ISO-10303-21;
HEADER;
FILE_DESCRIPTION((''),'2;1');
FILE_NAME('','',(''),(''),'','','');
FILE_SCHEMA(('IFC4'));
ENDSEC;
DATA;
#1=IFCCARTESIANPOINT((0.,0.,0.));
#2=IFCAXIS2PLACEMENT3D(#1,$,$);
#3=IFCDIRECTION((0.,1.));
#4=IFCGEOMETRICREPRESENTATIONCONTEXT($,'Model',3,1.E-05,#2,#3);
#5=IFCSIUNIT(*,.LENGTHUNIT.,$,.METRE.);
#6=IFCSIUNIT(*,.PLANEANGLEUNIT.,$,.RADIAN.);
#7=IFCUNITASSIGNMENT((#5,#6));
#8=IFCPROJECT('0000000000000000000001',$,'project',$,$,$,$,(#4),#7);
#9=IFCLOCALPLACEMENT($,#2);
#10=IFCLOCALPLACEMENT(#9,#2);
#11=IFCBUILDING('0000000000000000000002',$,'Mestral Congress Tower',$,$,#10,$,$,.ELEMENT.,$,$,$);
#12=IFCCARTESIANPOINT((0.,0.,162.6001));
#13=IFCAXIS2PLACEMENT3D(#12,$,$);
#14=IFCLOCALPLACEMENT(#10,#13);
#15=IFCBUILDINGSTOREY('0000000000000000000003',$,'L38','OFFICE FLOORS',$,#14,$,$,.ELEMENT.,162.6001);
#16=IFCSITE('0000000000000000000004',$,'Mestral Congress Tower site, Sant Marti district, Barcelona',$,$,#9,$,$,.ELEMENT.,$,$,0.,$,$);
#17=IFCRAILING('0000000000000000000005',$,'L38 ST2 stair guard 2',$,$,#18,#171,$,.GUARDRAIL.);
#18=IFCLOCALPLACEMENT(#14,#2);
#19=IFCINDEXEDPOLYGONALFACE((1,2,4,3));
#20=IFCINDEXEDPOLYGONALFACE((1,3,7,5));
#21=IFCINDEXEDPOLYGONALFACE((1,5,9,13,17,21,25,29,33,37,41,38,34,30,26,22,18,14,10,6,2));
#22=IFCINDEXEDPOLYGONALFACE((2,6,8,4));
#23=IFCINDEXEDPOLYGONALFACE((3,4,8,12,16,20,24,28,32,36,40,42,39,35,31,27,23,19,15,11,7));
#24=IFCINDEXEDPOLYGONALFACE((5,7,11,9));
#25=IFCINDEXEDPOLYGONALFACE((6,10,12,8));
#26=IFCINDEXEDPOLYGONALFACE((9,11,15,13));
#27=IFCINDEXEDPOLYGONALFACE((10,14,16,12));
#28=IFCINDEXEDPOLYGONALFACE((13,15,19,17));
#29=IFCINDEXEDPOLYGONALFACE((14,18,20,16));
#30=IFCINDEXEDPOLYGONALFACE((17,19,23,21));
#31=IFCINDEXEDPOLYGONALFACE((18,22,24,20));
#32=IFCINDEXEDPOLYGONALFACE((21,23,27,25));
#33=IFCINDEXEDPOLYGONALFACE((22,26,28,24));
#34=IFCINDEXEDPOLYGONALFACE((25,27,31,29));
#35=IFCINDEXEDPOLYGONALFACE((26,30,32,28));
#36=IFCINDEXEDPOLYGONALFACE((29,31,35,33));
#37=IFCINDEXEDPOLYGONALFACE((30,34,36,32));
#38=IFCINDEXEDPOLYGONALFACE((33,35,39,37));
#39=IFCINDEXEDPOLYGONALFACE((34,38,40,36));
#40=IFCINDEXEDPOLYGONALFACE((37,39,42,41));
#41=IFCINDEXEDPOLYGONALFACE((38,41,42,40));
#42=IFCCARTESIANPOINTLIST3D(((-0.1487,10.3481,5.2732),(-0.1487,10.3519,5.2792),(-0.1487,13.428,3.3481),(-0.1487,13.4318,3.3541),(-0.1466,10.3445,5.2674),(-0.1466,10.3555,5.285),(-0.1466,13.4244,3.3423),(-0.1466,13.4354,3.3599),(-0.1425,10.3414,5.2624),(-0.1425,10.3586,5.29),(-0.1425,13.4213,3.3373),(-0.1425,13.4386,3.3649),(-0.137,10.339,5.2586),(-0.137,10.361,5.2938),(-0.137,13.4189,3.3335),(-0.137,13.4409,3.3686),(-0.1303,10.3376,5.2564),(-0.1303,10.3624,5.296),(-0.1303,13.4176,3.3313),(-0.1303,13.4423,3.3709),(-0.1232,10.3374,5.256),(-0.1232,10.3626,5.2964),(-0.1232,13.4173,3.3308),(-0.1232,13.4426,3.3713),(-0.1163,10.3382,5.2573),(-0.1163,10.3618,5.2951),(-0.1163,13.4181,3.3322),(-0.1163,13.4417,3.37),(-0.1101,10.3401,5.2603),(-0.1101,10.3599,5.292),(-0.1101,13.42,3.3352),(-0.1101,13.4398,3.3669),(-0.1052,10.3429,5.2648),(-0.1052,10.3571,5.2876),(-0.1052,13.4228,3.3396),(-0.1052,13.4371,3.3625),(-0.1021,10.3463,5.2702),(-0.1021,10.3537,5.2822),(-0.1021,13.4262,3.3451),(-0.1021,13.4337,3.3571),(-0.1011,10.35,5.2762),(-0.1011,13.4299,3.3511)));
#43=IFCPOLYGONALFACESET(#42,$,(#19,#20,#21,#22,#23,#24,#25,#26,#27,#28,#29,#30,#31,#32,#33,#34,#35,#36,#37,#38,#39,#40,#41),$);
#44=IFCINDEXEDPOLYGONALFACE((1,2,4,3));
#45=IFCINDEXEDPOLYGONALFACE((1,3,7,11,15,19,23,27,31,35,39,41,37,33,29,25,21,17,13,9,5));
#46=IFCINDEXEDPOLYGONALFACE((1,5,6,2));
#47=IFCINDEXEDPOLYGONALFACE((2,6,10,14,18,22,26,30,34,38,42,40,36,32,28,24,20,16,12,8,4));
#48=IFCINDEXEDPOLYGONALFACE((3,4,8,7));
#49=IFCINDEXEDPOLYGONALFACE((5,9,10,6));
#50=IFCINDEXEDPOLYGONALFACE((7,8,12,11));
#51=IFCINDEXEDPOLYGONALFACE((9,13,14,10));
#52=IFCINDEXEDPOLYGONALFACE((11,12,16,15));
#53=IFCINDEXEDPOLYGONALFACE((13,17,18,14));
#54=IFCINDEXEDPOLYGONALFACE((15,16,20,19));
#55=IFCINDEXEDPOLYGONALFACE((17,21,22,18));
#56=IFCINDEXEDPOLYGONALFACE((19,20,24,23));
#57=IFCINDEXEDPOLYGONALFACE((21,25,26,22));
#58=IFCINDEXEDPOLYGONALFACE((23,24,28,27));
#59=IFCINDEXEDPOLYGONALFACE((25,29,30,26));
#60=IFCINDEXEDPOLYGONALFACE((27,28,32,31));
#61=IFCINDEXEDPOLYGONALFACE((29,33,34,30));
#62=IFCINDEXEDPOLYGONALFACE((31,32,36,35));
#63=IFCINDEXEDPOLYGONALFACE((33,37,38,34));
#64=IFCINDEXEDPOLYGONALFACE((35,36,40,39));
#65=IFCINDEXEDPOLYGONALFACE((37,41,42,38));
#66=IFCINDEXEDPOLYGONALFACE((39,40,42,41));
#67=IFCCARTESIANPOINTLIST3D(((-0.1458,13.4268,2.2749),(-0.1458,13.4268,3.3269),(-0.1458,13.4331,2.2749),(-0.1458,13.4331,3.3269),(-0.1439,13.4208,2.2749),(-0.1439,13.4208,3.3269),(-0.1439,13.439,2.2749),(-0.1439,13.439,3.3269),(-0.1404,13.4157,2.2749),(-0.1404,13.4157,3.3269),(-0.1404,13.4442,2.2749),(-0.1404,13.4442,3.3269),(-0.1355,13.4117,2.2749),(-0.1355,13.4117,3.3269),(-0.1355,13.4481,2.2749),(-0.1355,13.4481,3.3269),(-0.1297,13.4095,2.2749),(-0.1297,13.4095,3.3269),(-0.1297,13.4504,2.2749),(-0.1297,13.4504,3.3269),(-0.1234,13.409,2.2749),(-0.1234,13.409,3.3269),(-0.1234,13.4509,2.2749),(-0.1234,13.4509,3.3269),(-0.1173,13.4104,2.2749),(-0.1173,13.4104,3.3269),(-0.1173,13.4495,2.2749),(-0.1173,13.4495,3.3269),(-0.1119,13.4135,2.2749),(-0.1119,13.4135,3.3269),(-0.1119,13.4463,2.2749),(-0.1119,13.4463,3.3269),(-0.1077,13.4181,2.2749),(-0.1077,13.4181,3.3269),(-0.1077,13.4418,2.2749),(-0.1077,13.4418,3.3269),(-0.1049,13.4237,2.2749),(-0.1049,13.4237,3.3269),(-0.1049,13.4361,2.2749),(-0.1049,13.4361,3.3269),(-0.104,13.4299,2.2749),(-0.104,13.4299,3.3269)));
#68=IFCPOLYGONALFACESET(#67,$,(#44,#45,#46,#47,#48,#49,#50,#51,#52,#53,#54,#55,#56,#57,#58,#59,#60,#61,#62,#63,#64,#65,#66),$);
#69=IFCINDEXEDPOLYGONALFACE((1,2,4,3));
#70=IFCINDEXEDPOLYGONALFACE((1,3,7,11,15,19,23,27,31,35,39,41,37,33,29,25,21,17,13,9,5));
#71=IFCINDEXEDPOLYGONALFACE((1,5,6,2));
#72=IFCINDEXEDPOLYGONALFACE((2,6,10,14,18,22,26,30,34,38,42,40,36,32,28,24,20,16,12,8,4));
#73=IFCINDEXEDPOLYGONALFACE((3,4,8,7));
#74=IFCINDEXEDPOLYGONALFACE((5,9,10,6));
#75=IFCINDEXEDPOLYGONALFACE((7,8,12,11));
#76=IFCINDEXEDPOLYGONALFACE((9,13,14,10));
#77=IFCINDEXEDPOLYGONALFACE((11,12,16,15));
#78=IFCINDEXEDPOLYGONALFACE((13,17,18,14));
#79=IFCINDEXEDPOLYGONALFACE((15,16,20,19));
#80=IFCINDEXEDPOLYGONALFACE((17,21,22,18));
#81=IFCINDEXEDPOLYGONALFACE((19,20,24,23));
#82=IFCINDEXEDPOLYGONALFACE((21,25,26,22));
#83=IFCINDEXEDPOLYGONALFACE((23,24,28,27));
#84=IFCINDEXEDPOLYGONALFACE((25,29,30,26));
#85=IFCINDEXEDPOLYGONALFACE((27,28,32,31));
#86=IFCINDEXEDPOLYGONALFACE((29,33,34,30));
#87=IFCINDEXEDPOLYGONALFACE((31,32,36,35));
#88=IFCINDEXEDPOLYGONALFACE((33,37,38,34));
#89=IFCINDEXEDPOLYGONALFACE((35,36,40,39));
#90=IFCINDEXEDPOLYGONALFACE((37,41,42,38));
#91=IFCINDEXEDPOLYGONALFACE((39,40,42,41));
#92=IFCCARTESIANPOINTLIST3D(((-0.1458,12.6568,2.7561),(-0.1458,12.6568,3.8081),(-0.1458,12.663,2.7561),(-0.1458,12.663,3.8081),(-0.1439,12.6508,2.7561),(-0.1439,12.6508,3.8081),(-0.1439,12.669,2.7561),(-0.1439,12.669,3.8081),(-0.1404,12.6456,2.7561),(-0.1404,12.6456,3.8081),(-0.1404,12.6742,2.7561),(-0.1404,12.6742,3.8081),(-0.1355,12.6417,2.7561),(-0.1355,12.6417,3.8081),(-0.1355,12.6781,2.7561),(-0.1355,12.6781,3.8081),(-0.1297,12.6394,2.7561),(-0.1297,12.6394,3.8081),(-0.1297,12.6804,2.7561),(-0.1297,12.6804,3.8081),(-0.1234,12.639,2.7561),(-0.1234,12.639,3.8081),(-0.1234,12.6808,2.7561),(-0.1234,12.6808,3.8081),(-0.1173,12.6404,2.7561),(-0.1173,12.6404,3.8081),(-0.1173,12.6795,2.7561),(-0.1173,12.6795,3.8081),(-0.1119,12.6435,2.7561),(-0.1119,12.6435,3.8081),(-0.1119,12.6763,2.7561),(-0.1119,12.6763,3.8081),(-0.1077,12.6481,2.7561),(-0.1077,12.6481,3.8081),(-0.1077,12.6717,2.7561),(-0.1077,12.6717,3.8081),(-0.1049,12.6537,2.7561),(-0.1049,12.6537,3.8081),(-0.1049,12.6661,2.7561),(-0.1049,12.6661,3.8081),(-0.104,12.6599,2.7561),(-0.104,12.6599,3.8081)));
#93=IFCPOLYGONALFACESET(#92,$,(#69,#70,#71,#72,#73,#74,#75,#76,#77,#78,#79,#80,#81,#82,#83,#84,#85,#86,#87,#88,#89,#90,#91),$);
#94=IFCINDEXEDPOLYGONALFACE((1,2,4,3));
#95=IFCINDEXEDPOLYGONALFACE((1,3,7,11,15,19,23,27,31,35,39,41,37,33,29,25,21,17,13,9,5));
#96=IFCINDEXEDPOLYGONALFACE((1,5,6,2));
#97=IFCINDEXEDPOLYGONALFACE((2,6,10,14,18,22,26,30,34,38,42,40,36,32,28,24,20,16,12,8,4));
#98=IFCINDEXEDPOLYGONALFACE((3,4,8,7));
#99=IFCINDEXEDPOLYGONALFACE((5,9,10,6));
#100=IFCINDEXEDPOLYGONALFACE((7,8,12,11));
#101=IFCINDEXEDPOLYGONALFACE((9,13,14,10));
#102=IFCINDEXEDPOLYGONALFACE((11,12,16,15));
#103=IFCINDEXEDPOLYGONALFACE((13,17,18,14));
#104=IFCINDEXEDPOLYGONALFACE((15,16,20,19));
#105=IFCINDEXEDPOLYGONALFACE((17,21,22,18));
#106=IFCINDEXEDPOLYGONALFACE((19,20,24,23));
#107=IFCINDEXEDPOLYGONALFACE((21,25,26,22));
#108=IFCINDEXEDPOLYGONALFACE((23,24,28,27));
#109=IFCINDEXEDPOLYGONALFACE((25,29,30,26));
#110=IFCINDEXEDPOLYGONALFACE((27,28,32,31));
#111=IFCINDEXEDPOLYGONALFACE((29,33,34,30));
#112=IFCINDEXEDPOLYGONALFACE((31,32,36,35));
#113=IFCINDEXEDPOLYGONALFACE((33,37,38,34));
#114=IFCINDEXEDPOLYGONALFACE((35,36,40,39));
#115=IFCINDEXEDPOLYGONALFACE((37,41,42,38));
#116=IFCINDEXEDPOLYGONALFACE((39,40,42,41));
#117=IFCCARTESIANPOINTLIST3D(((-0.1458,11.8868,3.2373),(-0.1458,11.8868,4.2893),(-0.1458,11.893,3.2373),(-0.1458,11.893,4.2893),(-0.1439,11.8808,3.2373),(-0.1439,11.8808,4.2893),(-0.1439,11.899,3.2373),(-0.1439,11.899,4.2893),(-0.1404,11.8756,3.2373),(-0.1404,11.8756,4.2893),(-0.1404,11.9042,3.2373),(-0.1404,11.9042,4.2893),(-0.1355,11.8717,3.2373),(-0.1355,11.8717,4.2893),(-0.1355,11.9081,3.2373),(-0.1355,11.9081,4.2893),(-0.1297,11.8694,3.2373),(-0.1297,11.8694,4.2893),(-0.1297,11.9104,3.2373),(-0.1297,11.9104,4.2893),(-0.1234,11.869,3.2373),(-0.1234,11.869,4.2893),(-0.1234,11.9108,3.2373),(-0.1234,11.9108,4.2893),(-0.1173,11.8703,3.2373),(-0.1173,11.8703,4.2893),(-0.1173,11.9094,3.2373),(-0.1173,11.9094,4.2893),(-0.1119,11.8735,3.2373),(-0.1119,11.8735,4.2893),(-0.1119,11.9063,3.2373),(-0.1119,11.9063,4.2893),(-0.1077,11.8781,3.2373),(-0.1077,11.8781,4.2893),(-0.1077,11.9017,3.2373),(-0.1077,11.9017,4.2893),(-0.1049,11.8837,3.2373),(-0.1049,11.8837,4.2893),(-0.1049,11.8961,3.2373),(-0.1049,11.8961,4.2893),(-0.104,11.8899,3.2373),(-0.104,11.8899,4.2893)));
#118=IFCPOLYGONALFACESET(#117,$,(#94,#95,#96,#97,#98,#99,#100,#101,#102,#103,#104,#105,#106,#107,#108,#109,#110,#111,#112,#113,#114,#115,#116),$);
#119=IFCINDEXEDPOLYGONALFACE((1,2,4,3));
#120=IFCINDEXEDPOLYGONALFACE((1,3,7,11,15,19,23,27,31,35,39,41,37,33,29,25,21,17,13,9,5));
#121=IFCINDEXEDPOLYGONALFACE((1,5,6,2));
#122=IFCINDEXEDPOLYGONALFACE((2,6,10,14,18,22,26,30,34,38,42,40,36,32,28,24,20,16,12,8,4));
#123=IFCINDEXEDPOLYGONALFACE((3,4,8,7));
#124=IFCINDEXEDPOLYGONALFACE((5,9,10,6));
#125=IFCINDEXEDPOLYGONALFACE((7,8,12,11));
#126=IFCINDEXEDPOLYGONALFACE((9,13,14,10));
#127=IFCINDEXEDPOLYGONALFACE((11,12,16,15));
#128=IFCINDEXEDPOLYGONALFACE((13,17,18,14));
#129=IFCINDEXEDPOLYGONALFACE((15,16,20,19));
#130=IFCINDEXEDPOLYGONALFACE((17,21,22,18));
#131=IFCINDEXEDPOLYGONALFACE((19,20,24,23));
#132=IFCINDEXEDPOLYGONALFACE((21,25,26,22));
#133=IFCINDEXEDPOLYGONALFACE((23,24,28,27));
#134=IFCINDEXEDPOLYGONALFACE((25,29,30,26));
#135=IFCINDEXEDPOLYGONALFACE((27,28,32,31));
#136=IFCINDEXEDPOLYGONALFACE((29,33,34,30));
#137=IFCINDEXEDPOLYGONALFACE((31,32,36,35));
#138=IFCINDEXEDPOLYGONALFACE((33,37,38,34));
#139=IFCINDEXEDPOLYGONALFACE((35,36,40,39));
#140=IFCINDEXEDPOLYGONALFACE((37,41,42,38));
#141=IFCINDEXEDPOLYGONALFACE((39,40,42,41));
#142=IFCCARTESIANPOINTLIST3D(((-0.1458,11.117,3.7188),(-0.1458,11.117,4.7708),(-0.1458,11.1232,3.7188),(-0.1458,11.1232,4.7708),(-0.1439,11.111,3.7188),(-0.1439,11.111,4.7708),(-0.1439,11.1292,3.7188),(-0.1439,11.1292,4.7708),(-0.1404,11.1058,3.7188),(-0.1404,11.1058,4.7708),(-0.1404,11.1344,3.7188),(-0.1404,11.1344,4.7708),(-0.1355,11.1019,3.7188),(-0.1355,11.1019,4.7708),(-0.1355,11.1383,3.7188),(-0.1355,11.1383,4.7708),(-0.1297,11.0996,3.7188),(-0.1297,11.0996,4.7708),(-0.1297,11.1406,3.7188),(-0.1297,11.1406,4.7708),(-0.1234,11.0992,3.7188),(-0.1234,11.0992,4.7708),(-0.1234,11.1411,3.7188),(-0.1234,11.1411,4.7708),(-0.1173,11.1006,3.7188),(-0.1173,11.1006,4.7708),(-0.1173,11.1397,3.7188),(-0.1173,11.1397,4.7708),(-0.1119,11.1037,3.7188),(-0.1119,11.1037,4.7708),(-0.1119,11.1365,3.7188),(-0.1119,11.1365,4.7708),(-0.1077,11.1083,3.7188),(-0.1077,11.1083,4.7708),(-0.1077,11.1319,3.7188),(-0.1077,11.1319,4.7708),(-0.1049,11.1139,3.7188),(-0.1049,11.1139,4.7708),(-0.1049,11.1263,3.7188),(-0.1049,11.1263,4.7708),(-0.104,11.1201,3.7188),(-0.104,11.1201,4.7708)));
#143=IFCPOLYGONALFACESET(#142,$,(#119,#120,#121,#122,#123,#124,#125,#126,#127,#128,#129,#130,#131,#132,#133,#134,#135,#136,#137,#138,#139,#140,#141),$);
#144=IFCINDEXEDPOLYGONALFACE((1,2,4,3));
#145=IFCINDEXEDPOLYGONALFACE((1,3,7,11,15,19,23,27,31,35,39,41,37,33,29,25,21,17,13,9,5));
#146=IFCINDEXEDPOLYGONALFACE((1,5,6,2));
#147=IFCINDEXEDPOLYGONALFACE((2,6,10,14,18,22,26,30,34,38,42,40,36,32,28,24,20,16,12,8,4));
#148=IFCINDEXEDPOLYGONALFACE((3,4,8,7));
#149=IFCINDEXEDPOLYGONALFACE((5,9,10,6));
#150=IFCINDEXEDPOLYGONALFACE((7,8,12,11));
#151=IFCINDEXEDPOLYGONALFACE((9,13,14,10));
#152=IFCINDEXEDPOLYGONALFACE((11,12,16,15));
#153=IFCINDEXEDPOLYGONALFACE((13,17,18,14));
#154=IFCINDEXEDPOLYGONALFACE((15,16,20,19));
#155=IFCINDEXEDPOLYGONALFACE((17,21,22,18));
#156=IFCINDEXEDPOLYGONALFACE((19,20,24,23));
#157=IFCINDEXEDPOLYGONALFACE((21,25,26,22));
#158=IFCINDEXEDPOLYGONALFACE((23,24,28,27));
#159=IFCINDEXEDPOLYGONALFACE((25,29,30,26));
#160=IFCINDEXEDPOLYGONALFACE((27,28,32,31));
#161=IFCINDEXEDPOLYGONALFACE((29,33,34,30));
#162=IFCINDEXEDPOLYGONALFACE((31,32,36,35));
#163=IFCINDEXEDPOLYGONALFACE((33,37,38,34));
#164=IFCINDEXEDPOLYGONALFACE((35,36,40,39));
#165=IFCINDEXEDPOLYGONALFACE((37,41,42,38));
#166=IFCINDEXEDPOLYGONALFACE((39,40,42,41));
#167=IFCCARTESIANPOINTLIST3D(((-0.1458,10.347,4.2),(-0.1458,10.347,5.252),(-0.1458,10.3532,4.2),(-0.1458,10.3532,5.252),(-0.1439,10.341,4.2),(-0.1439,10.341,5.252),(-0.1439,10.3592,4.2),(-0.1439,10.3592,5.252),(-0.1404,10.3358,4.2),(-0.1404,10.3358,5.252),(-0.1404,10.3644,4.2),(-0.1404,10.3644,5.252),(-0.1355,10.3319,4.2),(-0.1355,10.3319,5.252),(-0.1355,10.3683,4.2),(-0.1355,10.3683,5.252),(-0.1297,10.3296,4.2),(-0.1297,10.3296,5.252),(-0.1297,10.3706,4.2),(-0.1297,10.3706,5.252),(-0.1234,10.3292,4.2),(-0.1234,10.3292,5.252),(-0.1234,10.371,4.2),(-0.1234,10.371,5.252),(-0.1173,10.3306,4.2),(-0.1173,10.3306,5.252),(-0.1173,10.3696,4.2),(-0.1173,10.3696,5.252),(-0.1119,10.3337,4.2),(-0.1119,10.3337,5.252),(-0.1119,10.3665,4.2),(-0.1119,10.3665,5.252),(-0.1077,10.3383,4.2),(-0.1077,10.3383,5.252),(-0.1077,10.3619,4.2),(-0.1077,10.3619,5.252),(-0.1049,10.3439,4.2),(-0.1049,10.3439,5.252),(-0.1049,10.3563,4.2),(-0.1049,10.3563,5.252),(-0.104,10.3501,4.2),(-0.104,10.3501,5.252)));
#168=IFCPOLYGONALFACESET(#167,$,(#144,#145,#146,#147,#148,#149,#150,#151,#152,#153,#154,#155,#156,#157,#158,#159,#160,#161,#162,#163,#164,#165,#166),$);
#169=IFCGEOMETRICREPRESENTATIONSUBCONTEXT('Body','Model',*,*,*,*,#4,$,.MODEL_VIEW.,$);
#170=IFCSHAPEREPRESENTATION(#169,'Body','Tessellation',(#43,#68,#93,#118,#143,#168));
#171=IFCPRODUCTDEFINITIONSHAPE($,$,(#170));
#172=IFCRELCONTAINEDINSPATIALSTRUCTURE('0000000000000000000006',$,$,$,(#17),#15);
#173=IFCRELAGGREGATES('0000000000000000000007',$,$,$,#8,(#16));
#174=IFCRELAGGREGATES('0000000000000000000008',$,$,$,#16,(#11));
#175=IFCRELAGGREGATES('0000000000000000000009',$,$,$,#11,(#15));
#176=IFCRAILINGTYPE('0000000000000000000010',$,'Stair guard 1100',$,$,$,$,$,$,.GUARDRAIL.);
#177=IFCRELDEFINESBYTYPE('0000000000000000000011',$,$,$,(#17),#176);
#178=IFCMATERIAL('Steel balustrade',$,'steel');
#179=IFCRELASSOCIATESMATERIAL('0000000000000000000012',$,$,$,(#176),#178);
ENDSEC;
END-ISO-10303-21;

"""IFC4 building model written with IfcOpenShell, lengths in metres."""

from ifc_helpers import new_model, si_unit, direction, frame, origin, origin_2d, place, context, subcontext, project, spatial, circle, extrude, material, type_object, element, save


model = new_model("IFC4")

# Units and contexts
model_context = context("Model", 3, precision=1e-05, world=origin(), true_north=direction((0.0, 1.0)))
body_context = subcontext(model_context, "Body", "Model", "MODEL_VIEW")
ifc_project = project(units=[si_unit("LENGTHUNIT", "METRE"), si_unit("PLANEANGLEUNIT", "RADIAN")], contexts=[model_context])

# Site, building, storey
site_placement = place(None, origin())
site = spatial("IfcSite", under=ifc_project, at=site_placement, Name="Mestral Congress Tower site, Sant Marti district, Barcelona", CompositionType="ELEMENT", RefElevation=0.0)
building_placement = place(site_placement, origin())
building = spatial("IfcBuilding", under=site, at=building_placement, Name="Mestral Congress Tower", CompositionType="ELEMENT")
storey_placement = place(building_placement, frame((0.0, 0.0, 162.6001)))
storey = spatial("IfcBuildingStorey", under=building, at=storey_placement, Name="L38", Description="OFFICE FLOORS", CompositionType="ELEMENT", Elevation=162.6001)

# Railing
ifc_material_1 = material(Name="Steel balustrade", Category="steel")
railing_type = type_object("IfcRailingType", Name="Stair guard 1100", PredefinedType="GUARDRAIL", material=ifc_material_1)
railing_placement = place(storey_placement, frame((-0.125, 13.4299, 2.2749)))
element("IfcRailing", 1, at=railing_placement, inside=storey, type_object=railing_type, Name="L38 ST2 stair guard 2", PredefinedType="GUARDRAIL", context=body_context, shape_type="SweptSolid", body=[
    extrude(circle(Radius=0.0239, at=origin_2d()), frame((0.0, 0.0, 1.0762), z_axis=(0.0, -0.847979, 0.530029), x_axis=(1.0, 0.0, 0.0)), (0.0, 0.0, 1.0), 3.6321),
    extrude(circle(Radius=0.021, at=origin_2d()), origin(), (0.0, 0.0, 1.0), 1.052),
    extrude(circle(Radius=0.021, at=origin_2d()), frame((0.0, -0.77, 0.4812)), (0.0, 0.0, 1.0), 1.052),
    extrude(circle(Radius=0.021, at=origin_2d()), frame((0.0, -1.54, 0.9624)), (0.0, 0.0, 1.0), 1.052),
    extrude(circle(Radius=0.021, at=origin_2d()), frame((0.0, -2.3098, 1.4438)), (0.0, 0.0, 1.0), 1.052),
    extrude(circle(Radius=0.021, at=origin_2d()), frame((0.0, -3.0798, 1.925)), (0.0, 0.0, 1.0), 1.052),
])

save(model, "model.ifc")
